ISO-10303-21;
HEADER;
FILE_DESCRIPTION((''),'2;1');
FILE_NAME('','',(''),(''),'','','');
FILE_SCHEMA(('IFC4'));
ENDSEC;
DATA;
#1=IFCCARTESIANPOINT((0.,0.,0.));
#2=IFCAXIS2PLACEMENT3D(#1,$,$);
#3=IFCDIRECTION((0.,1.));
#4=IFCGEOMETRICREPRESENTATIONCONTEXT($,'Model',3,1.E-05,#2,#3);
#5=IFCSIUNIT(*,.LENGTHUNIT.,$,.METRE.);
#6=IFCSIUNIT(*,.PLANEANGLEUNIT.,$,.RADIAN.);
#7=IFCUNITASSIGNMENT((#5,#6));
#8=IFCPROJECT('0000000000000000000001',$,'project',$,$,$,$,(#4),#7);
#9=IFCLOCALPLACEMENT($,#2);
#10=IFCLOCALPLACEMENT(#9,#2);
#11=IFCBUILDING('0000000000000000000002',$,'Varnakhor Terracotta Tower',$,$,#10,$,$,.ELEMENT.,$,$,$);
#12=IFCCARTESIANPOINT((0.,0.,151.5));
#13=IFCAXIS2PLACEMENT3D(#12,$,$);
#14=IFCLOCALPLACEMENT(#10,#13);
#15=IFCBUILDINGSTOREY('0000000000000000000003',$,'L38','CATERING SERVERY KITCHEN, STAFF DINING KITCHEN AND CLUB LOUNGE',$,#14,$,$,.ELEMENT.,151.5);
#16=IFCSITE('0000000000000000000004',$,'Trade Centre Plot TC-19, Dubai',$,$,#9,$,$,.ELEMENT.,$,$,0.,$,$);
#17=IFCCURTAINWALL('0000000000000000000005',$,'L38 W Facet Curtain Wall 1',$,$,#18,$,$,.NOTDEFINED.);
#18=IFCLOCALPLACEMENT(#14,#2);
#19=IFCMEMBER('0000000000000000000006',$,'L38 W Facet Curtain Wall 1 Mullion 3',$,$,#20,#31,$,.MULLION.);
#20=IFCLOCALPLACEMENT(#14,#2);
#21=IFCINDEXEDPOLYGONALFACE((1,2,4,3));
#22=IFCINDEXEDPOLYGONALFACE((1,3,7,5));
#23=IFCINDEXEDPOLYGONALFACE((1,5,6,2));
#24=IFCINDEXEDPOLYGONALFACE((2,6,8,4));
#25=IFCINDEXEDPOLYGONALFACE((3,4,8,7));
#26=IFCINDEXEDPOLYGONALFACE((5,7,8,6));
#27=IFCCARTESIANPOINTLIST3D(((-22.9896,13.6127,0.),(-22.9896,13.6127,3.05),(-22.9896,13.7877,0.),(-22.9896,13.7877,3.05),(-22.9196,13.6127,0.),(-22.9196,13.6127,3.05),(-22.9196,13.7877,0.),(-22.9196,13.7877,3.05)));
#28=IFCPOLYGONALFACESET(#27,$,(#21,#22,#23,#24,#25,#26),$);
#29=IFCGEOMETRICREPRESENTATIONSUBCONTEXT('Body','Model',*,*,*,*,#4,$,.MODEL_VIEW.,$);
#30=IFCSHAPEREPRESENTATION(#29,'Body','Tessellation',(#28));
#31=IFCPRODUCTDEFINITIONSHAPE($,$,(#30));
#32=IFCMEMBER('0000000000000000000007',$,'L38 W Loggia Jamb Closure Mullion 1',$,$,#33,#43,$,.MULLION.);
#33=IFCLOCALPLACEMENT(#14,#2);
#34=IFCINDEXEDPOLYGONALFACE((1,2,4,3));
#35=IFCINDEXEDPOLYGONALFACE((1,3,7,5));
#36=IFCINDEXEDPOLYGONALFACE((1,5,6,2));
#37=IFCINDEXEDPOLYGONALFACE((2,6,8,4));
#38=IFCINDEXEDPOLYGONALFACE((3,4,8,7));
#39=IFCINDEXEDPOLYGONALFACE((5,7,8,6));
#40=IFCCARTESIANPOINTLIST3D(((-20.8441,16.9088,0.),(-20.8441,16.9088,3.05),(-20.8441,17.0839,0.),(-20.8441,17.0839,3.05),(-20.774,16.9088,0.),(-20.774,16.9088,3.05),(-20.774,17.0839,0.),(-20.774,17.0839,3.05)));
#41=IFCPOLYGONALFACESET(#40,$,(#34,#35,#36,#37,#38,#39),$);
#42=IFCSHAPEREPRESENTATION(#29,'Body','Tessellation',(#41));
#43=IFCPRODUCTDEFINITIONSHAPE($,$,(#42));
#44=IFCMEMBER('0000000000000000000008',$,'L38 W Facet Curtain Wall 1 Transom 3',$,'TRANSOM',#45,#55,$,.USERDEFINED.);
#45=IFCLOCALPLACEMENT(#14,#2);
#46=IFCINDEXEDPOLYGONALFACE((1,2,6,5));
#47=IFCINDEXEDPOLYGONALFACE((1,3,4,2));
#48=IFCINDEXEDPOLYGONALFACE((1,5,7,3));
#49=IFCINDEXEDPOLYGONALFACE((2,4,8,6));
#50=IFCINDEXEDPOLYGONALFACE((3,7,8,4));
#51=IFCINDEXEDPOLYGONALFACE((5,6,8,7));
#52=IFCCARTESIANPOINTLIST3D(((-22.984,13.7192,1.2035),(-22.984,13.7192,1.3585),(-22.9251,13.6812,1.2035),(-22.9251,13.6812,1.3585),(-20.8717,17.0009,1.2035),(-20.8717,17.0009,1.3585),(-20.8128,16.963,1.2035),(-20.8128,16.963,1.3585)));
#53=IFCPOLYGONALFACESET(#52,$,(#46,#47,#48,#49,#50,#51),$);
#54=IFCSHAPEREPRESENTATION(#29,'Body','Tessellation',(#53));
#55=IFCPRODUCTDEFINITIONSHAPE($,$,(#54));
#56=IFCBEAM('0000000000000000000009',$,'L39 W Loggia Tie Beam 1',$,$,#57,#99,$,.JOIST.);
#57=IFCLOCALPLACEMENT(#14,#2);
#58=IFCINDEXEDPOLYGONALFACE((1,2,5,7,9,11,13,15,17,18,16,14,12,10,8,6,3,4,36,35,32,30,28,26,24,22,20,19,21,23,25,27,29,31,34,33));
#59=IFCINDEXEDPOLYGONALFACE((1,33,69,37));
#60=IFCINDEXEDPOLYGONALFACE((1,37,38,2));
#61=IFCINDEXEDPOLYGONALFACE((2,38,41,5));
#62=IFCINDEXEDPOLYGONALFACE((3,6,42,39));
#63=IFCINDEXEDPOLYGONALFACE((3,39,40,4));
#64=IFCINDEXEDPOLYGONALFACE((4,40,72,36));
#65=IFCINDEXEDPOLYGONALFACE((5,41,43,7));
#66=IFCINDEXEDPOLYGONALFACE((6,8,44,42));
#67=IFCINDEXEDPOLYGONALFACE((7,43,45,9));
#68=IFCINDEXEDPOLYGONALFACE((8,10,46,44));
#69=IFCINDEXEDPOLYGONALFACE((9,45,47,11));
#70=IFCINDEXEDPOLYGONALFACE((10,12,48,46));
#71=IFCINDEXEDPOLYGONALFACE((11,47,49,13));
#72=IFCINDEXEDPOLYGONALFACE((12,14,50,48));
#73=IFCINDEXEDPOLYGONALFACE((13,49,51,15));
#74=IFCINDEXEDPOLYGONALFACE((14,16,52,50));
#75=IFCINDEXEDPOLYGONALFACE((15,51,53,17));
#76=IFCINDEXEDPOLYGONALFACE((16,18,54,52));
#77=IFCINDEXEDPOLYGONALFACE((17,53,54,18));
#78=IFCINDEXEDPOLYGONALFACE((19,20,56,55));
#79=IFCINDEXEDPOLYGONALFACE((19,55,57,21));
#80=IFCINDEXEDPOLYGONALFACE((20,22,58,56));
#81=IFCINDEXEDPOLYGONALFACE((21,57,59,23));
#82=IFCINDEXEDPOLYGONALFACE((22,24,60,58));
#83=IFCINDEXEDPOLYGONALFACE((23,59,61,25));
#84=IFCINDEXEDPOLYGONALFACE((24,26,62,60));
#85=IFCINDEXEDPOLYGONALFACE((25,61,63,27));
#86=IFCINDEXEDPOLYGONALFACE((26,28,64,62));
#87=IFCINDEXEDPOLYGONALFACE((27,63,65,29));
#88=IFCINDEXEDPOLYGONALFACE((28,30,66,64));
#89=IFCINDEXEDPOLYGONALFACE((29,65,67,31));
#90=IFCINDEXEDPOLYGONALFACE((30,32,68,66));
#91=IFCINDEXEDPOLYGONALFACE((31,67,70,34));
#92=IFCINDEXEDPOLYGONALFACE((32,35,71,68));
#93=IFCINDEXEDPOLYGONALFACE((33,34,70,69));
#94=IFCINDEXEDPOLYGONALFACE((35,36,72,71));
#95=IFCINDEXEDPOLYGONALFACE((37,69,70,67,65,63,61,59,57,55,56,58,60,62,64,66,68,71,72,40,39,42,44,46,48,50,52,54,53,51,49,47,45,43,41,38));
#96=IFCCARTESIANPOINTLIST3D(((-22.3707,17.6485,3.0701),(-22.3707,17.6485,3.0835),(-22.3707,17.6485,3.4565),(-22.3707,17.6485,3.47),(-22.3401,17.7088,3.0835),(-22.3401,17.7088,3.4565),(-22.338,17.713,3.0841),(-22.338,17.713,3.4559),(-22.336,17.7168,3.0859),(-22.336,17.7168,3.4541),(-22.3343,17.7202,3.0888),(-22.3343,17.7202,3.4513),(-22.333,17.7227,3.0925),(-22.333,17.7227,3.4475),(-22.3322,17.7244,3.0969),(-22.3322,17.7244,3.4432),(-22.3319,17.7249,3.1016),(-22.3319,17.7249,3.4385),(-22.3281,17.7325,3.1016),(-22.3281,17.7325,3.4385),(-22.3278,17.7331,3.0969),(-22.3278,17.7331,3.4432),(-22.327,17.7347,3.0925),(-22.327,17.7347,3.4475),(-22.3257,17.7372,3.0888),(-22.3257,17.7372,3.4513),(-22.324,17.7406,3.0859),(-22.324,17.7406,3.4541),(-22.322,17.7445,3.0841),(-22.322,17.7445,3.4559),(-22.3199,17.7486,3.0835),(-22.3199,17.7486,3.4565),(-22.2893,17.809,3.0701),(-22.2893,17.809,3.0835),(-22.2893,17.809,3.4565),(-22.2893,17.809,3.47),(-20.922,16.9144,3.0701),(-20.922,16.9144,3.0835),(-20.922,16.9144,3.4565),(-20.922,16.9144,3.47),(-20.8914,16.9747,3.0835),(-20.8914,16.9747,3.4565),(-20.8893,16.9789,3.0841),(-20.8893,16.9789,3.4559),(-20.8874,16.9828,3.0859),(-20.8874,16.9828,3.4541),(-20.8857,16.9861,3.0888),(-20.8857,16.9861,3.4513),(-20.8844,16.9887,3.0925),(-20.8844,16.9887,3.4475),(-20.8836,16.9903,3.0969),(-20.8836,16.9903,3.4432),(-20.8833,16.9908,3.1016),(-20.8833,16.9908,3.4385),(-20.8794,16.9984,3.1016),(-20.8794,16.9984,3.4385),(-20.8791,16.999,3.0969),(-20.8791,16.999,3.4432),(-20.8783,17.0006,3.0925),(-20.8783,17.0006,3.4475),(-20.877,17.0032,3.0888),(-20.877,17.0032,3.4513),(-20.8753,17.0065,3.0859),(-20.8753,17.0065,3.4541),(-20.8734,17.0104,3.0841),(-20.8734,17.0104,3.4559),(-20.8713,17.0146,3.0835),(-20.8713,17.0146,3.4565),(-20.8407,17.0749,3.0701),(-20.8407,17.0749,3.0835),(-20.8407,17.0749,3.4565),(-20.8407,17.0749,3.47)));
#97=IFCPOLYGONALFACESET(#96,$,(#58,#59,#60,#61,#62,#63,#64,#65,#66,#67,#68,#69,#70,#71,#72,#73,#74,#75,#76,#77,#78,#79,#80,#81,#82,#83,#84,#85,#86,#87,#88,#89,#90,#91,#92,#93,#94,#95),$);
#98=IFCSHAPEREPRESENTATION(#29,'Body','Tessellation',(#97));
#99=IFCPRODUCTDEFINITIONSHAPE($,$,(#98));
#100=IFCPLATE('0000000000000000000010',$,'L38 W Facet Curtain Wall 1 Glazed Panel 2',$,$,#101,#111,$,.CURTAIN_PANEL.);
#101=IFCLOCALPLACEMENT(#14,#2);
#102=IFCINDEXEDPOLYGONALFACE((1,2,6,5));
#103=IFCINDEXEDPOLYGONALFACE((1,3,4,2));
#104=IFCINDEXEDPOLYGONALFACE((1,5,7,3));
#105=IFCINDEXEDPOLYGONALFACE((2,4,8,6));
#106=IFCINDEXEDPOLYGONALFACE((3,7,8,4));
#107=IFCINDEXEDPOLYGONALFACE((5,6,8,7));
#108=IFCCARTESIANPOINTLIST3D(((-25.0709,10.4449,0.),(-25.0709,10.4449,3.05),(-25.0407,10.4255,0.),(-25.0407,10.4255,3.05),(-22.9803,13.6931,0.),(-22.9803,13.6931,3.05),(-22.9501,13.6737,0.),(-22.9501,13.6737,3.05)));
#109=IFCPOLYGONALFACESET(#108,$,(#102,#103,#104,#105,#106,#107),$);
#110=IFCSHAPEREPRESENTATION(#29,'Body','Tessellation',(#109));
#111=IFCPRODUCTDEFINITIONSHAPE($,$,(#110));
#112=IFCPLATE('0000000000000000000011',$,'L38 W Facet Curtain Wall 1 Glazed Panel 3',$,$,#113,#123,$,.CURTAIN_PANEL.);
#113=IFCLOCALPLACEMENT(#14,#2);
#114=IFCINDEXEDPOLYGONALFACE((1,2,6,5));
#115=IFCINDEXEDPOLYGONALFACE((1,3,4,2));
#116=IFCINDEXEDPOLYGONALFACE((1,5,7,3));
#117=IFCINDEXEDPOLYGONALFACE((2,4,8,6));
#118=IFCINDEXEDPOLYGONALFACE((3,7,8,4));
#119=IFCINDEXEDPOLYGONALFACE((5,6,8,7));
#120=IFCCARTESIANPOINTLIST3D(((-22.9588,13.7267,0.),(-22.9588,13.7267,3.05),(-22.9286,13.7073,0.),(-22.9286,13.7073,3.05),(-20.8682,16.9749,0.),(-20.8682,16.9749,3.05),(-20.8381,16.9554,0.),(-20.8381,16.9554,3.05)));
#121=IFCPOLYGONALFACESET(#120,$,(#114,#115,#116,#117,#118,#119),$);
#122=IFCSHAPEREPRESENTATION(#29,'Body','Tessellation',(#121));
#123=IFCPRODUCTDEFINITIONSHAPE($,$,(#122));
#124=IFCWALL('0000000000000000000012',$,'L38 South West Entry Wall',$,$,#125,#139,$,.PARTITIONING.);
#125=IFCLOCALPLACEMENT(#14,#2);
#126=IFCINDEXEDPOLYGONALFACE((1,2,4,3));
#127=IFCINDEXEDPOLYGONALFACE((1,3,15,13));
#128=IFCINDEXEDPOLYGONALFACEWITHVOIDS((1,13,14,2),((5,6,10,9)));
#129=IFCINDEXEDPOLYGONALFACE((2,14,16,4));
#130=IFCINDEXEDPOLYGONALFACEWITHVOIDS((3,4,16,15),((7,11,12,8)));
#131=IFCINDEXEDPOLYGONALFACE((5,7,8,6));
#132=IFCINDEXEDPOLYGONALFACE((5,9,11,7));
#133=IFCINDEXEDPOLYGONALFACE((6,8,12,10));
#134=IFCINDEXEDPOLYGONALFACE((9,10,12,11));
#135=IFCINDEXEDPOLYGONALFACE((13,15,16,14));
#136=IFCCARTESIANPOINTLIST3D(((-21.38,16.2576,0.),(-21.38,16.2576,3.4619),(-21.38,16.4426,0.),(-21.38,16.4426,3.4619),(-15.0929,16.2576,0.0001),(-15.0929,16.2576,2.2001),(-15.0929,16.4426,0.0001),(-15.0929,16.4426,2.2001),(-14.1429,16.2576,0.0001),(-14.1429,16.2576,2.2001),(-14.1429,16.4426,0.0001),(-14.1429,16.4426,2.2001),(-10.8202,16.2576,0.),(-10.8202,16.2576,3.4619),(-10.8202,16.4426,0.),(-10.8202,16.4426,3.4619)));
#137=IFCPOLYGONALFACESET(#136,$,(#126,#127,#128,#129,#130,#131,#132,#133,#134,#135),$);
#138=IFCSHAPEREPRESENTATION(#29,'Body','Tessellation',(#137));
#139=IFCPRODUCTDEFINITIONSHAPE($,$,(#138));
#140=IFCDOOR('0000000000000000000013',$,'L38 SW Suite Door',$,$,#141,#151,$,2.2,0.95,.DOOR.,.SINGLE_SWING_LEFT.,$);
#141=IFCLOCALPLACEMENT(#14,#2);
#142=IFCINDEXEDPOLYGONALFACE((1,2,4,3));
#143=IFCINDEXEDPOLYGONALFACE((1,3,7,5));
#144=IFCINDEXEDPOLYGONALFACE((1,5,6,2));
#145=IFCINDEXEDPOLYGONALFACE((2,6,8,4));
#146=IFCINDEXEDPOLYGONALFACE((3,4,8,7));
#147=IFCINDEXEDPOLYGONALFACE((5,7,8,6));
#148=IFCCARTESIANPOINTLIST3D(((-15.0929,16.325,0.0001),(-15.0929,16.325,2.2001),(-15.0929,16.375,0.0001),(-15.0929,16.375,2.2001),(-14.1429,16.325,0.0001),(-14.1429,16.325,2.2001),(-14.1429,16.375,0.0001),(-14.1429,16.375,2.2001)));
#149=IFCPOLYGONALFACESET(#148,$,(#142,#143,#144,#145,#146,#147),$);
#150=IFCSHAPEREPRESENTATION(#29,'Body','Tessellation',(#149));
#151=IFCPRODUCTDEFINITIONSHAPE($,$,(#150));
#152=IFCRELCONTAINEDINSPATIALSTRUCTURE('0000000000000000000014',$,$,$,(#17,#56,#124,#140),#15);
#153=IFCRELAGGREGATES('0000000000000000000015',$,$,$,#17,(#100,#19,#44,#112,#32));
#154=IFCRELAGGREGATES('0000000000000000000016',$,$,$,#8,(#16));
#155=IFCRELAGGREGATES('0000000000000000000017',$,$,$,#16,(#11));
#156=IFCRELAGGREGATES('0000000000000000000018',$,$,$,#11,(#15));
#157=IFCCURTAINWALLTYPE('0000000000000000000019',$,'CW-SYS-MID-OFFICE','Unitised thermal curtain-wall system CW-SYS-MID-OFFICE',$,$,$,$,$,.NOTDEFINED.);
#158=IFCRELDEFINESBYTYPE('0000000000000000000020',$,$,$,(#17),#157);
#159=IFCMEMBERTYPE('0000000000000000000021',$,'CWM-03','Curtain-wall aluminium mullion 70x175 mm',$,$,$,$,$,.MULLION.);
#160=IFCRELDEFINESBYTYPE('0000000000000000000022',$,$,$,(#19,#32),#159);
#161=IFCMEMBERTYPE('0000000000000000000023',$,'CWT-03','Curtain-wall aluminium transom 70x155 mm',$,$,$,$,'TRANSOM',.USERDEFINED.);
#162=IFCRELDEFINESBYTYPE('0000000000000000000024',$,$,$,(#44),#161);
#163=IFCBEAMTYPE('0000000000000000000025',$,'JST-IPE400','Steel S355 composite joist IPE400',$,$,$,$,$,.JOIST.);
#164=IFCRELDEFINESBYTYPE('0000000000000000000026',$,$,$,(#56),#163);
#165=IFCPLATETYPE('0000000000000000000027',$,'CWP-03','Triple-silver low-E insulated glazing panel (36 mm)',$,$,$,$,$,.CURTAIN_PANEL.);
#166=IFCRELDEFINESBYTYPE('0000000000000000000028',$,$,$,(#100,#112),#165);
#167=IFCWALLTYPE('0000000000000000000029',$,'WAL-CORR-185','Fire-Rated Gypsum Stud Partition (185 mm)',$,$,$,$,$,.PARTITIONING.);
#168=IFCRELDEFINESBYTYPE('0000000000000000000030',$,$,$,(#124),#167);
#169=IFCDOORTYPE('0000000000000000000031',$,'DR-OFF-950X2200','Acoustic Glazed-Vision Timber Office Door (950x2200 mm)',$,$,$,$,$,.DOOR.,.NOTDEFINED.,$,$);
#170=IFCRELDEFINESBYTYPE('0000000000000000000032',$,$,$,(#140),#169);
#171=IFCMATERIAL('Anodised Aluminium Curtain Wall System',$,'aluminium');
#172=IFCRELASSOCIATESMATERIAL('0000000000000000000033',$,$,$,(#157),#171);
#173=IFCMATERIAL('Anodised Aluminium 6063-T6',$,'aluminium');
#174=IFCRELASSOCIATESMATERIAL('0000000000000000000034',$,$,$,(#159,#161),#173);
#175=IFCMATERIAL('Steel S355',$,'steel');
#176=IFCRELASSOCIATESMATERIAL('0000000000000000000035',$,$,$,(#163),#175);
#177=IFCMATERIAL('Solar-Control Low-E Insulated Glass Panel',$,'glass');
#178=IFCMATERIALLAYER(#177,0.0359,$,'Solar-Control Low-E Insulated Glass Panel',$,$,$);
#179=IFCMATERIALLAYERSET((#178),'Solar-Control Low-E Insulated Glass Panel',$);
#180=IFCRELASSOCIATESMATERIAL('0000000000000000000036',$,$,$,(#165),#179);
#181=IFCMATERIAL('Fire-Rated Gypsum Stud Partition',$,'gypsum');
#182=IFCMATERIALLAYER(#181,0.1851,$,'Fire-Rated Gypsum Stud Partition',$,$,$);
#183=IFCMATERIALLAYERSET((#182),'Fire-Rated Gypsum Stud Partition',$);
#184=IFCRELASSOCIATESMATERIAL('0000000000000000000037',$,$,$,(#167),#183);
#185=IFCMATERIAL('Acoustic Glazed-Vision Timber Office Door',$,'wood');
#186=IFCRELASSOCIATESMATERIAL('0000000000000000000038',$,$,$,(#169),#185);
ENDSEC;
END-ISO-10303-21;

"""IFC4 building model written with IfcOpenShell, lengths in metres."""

from ifc_helpers import new_model, si_unit, direction, frame, frame_2d, origin, origin_2d, place, context, subcontext, project, spatial, rectangle, i_section, extrude, source, transform, mapped, material, layer, layer_set, material_profile, profile_set, type_object, type_shapes, element, fill, aggregate, save


model = new_model("IFC4")

# Units and contexts
model_context = context("Model", 3, precision=1e-05, world=origin(), true_north=direction((0.0, 1.0)))
body_context = subcontext(model_context, "Body", "Model", "MODEL_VIEW")
ifc_project = project(units=[si_unit("LENGTHUNIT", "METRE"), si_unit("PLANEANGLEUNIT", "RADIAN")], contexts=[model_context])

# Site, building, storey
site_placement = place(None, origin())
site = spatial("IfcSite", under=ifc_project, at=site_placement, Name="Trade Centre Plot TC-19, Dubai", CompositionType="ELEMENT", RefElevation=0.0)
building_placement = place(site_placement, origin())
building = spatial("IfcBuilding", under=site, at=building_placement, Name="Varnakhor Terracotta Tower", CompositionType="ELEMENT")
storey_placement = place(building_placement, frame((0.0, 0.0, 151.5)))
storey = spatial("IfcBuildingStorey", under=building, at=storey_placement, Name="L38", Description="CATERING SERVERY KITCHEN, STAFF DINING KITCHEN AND CLUB LOUNGE", CompositionType="ELEMENT", Elevation=151.5)

# Shared definitions
ifc_material_1 = material(Name="Steel S355", Category="steel")

# Curtain wall, members
ifc_material_2 = material(Name="Anodised Aluminium Curtain Wall System", Category="aluminium")
curtain_wall_type = type_object("IfcCurtainWallType", Name="CW-SYS-MID-OFFICE", Description="Unitised thermal curtain-wall system CW-SYS-MID-OFFICE", PredefinedType="NOTDEFINED", material=ifc_material_2)
curtain_wall_placement = place(storey_placement, origin())
curtain_wall = element("IfcCurtainWall", 1, at=curtain_wall_placement, inside=storey, type_object=curtain_wall_type, Name="L38 W Facet Curtain Wall 1", PredefinedType="NOTDEFINED")
ifc_material_3 = material(Name="Anodised Aluminium 6063-T6", Category="aluminium")
ifc_material_profile_1 = material_profile(ifc_material_3, rectangle(XDim=0.0701, YDim=0.175, at=origin_2d()), Name="ALU MULLION 70x175")
ifc_profile_set_1 = profile_set([ifc_material_profile_1], Name="Anodised Aluminium 6063-T6")
member_type_1 = type_object("IfcMemberType", Name="CWM-03", Description="Curtain-wall aluminium mullion 70x175 mm", PredefinedType="MULLION", material=ifc_profile_set_1)
shared_shape_1 = source(origin(), body_context, "Body", "SweptSolid", [
    extrude(rectangle(XDim=0.0701, YDim=0.175, at=origin_2d()), origin(), (0.0, 0.0, 1.0), 3.05),
])
member_1_placement = place(storey_placement, frame((-22.9546, 13.7002, 0.0), z_axis=(0.0, 0.0, 1.0), x_axis=(1.0, 0.0, 0.0)))
member_1 = element("IfcMember", 2, at=member_1_placement, type_object=member_type_1, Name="L38 W Facet Curtain Wall 1 Mullion 3", PredefinedType="MULLION", context=body_context, shape_type="MappedRepresentation", body=[
    mapped(shared_shape_1, transform((0.0, 0.0, 0.0), scale=1.0)),
])
member_2_placement = place(storey_placement, frame((-20.8091, 16.9963, 0.0), z_axis=(0.0, 0.0, 1.0), x_axis=(1.0, 0.0, 0.0)))
member_2 = element("IfcMember", 3, at=member_2_placement, type_object=member_type_1, Name="L38 W Loggia Jamb Closure Mullion 1", PredefinedType="MULLION", context=body_context, shape_type="MappedRepresentation", body=[
    mapped(shared_shape_1, transform((0.0, 0.0, 0.0), scale=1.0)),
])
ifc_material_profile_2 = material_profile(ifc_material_3, rectangle(XDim=0.0701, YDim=0.155, at=origin_2d()), Name="ALU TRANSOM 70x155")
ifc_profile_set_2 = profile_set([ifc_material_profile_2], Name="Anodised Aluminium 6063-T6")
member_type_2 = type_object("IfcMemberType", Name="CWT-03", Description="Curtain-wall aluminium transom 70x155 mm", ElementType="TRANSOM", PredefinedType="USERDEFINED", material=ifc_profile_set_2)
shared_shape_2 = source(origin(), body_context, "Body", "SweptSolid", [
    extrude(rectangle(XDim=0.0701, YDim=0.155, at=origin_2d()), origin(), (0.0, 0.0, 1.0), 3.9028),
])
member_3_placement = place(storey_placement, frame((-22.9546, 13.7002, 1.281), z_axis=(0.541232, 0.840873, 0.0), x_axis=(-0.840873, 0.541232, 0.0)))
member_3 = element("IfcMember", 4, at=member_3_placement, type_object=member_type_2, Name="L38 W Facet Curtain Wall 1 Transom 3", ObjectType="TRANSOM", PredefinedType="USERDEFINED", context=body_context, shape_type="MappedRepresentation", body=[
    mapped(shared_shape_2, transform((0.0, 0.0, 0.0), scale=1.0)),
])

# Beam
ifc_material_profile_3 = material_profile(ifc_material_1, i_section(OverallWidth=0.1799, OverallDepth=0.3999, WebThickness=0.0085, FlangeThickness=0.0134, FilletRadius=0.0181, at=origin_2d()), Name="IPE400")
ifc_profile_set_3 = profile_set([ifc_material_profile_3], Name="Steel S355")
beam_type_1 = type_object("IfcBeamType", Name="JST-IPE400", Description="Steel S355 composite joist IPE400", PredefinedType="JOIST", material=ifc_profile_set_3)
shared_shape_3 = source(origin(), body_context, "Body", "SweptSolid", [
    extrude(i_section(OverallWidth=0.1799, OverallDepth=0.3999, WebThickness=0.0085, FlangeThickness=0.0134, FilletRadius=0.0181, at=origin_2d()), origin(), (0.0, 0.0, 1.0), 1.624),
])
beam_1_placement = place(storey_placement, frame((-20.8813, 16.9946, 3.27), z_axis=(-0.892009, 0.452017, 0.0), x_axis=(-0.452017, -0.892009, 0.0)))
element("IfcBeam", 5, at=beam_1_placement, inside=storey, type_object=beam_type_1, Name="L39 W Loggia Tie Beam 1", PredefinedType="JOIST", context=body_context, shape_type="MappedRepresentation", body=[
    mapped(shared_shape_3, transform((0.0, 0.0, 0.0), scale=1.0)),
])

# Plates
ifc_material_4 = material(Name="Solar-Control Low-E Insulated Glass Panel", Category="glass")
ifc_layer_1 = layer(ifc_material_4, 0.0359, Name="Solar-Control Low-E Insulated Glass Panel")
ifc_layer_set_1 = layer_set([ifc_layer_1], Name="Solar-Control Low-E Insulated Glass Panel")
plate_type = type_object("IfcPlateType", Name="CWP-03", Description="Triple-silver low-E insulated glazing panel (36 mm)", PredefinedType="CURTAIN_PANEL", material=ifc_layer_set_1)
shared_shape_4 = source(origin(), body_context, "Body", "SweptSolid", [
    extrude(rectangle(XDim=3.8628, YDim=0.0359, at=origin_2d()), origin(), (0.0, 0.0, 1.0), 3.05),
])
plate_1_placement = place(storey_placement, frame((-24.0105, 12.0593, 0.0), z_axis=(0.0, 0.0, 1.0), x_axis=(0.541209, 0.840888, 0.0)))
plate_1 = element("IfcPlate", 6, at=plate_1_placement, type_object=plate_type, Name="L38 W Facet Curtain Wall 1 Glazed Panel 2", PredefinedType="CURTAIN_PANEL", context=body_context, shape_type="MappedRepresentation", body=[
    mapped(shared_shape_4, transform((0.0, 0.0, 0.0), scale=1.0)),
])
plate_2_placement = place(storey_placement, frame((-21.8984, 15.3411, 0.0), z_axis=(0.0, 0.0, 1.0), x_axis=(0.541209, 0.840888, 0.0)))
plate_2 = element("IfcPlate", 7, at=plate_2_placement, type_object=plate_type, Name="L38 W Facet Curtain Wall 1 Glazed Panel 3", PredefinedType="CURTAIN_PANEL", context=body_context, shape_type="MappedRepresentation", body=[
    mapped(shared_shape_4, transform((0.0, 0.0, 0.0), scale=1.0)),
])
aggregate(curtain_wall, [plate_1, member_1, member_3, plate_2, member_2])

# Wall, opening, door
ifc_material_5 = material(Name="Fire-Rated Gypsum Stud Partition", Category="gypsum")
ifc_layer_2 = layer(ifc_material_5, 0.1851, Name="Fire-Rated Gypsum Stud Partition")
ifc_layer_set_2 = layer_set([ifc_layer_2], Name="Fire-Rated Gypsum Stud Partition")
wall_type_1 = type_object("IfcWallType", Name="WAL-CORR-185", Description="Fire-Rated Gypsum Stud Partition (185 mm)", PredefinedType="PARTITIONING", material=ifc_layer_set_2)
wall_1_placement = place(storey_placement, frame((-21.3799, 16.3501, 0.0), z_axis=(0.0, 0.0, 1.0), x_axis=(1.0, 0.0, 0.0)))
wall_1 = element("IfcWall", 8, at=wall_1_placement, inside=storey, type_object=wall_type_1, Name="L38 South West Entry Wall", PredefinedType="PARTITIONING", context=body_context, shape_type="SweptSolid", body=[
    extrude(rectangle(XDim=10.5598, YDim=0.1851, at=frame_2d((5.2798, 0.0))), origin(), (0.0, 0.0, 1.0), 3.4619),
])
opening_1_placement = place(wall_1_placement, frame((6.2869, 0.0, 0.0)))
opening_1 = element("IfcOpeningElement", 9, at=opening_1_placement, cuts=wall_1, PredefinedType="OPENING", context=body_context, shape_type="SweptSolid", body=[
    extrude(rectangle(XDim=0.95, YDim=2.2, at=frame_2d((0.4751, 1.1001))), frame((0.0, 0.1025, 0.0), z_axis=(0.0, -1.0, 0.0), x_axis=(1.0, 0.0, 0.0)), (0.0, 0.0, 1.0), 0.2051),
])
ifc_material_6 = material(Name="Acoustic Glazed-Vision Timber Office Door", Category="wood")
door_type_1 = type_object("IfcDoorType", Name="DR-OFF-950X2200", Description="Acoustic Glazed-Vision Timber Office Door (950x2200 mm)", OperationType="NOTDEFINED", PredefinedType="DOOR", material=ifc_material_6)
shared_shape_5 = source(origin(), body_context, "Body", "SweptSolid", [
    extrude(rectangle(XDim=0.95, YDim=2.2, at=frame_2d((0.4751, 1.1001))), frame((0.0, 0.0249, 0.0), z_axis=(0.0, -1.0, 0.0), x_axis=(1.0, 0.0, 0.0)), (0.0, 0.0, 1.0), 0.05),
])
type_shapes(door_type_1, [shared_shape_5])
door_1_placement = place(opening_1_placement, origin())
door_1 = element("IfcDoor", 10, at=door_1_placement, inside=storey, type_object=door_type_1, Name="L38 SW Suite Door", OperationType="SINGLE_SWING_LEFT", OverallHeight=2.2, OverallWidth=0.95, PredefinedType="DOOR", context=body_context, shape_type="MappedRepresentation", body=[
    mapped(shared_shape_5, transform((0.0, 0.0, 0.0), scale=1.0)),
])
fill(opening_1, door_1)

save(model, "model.ifc")
